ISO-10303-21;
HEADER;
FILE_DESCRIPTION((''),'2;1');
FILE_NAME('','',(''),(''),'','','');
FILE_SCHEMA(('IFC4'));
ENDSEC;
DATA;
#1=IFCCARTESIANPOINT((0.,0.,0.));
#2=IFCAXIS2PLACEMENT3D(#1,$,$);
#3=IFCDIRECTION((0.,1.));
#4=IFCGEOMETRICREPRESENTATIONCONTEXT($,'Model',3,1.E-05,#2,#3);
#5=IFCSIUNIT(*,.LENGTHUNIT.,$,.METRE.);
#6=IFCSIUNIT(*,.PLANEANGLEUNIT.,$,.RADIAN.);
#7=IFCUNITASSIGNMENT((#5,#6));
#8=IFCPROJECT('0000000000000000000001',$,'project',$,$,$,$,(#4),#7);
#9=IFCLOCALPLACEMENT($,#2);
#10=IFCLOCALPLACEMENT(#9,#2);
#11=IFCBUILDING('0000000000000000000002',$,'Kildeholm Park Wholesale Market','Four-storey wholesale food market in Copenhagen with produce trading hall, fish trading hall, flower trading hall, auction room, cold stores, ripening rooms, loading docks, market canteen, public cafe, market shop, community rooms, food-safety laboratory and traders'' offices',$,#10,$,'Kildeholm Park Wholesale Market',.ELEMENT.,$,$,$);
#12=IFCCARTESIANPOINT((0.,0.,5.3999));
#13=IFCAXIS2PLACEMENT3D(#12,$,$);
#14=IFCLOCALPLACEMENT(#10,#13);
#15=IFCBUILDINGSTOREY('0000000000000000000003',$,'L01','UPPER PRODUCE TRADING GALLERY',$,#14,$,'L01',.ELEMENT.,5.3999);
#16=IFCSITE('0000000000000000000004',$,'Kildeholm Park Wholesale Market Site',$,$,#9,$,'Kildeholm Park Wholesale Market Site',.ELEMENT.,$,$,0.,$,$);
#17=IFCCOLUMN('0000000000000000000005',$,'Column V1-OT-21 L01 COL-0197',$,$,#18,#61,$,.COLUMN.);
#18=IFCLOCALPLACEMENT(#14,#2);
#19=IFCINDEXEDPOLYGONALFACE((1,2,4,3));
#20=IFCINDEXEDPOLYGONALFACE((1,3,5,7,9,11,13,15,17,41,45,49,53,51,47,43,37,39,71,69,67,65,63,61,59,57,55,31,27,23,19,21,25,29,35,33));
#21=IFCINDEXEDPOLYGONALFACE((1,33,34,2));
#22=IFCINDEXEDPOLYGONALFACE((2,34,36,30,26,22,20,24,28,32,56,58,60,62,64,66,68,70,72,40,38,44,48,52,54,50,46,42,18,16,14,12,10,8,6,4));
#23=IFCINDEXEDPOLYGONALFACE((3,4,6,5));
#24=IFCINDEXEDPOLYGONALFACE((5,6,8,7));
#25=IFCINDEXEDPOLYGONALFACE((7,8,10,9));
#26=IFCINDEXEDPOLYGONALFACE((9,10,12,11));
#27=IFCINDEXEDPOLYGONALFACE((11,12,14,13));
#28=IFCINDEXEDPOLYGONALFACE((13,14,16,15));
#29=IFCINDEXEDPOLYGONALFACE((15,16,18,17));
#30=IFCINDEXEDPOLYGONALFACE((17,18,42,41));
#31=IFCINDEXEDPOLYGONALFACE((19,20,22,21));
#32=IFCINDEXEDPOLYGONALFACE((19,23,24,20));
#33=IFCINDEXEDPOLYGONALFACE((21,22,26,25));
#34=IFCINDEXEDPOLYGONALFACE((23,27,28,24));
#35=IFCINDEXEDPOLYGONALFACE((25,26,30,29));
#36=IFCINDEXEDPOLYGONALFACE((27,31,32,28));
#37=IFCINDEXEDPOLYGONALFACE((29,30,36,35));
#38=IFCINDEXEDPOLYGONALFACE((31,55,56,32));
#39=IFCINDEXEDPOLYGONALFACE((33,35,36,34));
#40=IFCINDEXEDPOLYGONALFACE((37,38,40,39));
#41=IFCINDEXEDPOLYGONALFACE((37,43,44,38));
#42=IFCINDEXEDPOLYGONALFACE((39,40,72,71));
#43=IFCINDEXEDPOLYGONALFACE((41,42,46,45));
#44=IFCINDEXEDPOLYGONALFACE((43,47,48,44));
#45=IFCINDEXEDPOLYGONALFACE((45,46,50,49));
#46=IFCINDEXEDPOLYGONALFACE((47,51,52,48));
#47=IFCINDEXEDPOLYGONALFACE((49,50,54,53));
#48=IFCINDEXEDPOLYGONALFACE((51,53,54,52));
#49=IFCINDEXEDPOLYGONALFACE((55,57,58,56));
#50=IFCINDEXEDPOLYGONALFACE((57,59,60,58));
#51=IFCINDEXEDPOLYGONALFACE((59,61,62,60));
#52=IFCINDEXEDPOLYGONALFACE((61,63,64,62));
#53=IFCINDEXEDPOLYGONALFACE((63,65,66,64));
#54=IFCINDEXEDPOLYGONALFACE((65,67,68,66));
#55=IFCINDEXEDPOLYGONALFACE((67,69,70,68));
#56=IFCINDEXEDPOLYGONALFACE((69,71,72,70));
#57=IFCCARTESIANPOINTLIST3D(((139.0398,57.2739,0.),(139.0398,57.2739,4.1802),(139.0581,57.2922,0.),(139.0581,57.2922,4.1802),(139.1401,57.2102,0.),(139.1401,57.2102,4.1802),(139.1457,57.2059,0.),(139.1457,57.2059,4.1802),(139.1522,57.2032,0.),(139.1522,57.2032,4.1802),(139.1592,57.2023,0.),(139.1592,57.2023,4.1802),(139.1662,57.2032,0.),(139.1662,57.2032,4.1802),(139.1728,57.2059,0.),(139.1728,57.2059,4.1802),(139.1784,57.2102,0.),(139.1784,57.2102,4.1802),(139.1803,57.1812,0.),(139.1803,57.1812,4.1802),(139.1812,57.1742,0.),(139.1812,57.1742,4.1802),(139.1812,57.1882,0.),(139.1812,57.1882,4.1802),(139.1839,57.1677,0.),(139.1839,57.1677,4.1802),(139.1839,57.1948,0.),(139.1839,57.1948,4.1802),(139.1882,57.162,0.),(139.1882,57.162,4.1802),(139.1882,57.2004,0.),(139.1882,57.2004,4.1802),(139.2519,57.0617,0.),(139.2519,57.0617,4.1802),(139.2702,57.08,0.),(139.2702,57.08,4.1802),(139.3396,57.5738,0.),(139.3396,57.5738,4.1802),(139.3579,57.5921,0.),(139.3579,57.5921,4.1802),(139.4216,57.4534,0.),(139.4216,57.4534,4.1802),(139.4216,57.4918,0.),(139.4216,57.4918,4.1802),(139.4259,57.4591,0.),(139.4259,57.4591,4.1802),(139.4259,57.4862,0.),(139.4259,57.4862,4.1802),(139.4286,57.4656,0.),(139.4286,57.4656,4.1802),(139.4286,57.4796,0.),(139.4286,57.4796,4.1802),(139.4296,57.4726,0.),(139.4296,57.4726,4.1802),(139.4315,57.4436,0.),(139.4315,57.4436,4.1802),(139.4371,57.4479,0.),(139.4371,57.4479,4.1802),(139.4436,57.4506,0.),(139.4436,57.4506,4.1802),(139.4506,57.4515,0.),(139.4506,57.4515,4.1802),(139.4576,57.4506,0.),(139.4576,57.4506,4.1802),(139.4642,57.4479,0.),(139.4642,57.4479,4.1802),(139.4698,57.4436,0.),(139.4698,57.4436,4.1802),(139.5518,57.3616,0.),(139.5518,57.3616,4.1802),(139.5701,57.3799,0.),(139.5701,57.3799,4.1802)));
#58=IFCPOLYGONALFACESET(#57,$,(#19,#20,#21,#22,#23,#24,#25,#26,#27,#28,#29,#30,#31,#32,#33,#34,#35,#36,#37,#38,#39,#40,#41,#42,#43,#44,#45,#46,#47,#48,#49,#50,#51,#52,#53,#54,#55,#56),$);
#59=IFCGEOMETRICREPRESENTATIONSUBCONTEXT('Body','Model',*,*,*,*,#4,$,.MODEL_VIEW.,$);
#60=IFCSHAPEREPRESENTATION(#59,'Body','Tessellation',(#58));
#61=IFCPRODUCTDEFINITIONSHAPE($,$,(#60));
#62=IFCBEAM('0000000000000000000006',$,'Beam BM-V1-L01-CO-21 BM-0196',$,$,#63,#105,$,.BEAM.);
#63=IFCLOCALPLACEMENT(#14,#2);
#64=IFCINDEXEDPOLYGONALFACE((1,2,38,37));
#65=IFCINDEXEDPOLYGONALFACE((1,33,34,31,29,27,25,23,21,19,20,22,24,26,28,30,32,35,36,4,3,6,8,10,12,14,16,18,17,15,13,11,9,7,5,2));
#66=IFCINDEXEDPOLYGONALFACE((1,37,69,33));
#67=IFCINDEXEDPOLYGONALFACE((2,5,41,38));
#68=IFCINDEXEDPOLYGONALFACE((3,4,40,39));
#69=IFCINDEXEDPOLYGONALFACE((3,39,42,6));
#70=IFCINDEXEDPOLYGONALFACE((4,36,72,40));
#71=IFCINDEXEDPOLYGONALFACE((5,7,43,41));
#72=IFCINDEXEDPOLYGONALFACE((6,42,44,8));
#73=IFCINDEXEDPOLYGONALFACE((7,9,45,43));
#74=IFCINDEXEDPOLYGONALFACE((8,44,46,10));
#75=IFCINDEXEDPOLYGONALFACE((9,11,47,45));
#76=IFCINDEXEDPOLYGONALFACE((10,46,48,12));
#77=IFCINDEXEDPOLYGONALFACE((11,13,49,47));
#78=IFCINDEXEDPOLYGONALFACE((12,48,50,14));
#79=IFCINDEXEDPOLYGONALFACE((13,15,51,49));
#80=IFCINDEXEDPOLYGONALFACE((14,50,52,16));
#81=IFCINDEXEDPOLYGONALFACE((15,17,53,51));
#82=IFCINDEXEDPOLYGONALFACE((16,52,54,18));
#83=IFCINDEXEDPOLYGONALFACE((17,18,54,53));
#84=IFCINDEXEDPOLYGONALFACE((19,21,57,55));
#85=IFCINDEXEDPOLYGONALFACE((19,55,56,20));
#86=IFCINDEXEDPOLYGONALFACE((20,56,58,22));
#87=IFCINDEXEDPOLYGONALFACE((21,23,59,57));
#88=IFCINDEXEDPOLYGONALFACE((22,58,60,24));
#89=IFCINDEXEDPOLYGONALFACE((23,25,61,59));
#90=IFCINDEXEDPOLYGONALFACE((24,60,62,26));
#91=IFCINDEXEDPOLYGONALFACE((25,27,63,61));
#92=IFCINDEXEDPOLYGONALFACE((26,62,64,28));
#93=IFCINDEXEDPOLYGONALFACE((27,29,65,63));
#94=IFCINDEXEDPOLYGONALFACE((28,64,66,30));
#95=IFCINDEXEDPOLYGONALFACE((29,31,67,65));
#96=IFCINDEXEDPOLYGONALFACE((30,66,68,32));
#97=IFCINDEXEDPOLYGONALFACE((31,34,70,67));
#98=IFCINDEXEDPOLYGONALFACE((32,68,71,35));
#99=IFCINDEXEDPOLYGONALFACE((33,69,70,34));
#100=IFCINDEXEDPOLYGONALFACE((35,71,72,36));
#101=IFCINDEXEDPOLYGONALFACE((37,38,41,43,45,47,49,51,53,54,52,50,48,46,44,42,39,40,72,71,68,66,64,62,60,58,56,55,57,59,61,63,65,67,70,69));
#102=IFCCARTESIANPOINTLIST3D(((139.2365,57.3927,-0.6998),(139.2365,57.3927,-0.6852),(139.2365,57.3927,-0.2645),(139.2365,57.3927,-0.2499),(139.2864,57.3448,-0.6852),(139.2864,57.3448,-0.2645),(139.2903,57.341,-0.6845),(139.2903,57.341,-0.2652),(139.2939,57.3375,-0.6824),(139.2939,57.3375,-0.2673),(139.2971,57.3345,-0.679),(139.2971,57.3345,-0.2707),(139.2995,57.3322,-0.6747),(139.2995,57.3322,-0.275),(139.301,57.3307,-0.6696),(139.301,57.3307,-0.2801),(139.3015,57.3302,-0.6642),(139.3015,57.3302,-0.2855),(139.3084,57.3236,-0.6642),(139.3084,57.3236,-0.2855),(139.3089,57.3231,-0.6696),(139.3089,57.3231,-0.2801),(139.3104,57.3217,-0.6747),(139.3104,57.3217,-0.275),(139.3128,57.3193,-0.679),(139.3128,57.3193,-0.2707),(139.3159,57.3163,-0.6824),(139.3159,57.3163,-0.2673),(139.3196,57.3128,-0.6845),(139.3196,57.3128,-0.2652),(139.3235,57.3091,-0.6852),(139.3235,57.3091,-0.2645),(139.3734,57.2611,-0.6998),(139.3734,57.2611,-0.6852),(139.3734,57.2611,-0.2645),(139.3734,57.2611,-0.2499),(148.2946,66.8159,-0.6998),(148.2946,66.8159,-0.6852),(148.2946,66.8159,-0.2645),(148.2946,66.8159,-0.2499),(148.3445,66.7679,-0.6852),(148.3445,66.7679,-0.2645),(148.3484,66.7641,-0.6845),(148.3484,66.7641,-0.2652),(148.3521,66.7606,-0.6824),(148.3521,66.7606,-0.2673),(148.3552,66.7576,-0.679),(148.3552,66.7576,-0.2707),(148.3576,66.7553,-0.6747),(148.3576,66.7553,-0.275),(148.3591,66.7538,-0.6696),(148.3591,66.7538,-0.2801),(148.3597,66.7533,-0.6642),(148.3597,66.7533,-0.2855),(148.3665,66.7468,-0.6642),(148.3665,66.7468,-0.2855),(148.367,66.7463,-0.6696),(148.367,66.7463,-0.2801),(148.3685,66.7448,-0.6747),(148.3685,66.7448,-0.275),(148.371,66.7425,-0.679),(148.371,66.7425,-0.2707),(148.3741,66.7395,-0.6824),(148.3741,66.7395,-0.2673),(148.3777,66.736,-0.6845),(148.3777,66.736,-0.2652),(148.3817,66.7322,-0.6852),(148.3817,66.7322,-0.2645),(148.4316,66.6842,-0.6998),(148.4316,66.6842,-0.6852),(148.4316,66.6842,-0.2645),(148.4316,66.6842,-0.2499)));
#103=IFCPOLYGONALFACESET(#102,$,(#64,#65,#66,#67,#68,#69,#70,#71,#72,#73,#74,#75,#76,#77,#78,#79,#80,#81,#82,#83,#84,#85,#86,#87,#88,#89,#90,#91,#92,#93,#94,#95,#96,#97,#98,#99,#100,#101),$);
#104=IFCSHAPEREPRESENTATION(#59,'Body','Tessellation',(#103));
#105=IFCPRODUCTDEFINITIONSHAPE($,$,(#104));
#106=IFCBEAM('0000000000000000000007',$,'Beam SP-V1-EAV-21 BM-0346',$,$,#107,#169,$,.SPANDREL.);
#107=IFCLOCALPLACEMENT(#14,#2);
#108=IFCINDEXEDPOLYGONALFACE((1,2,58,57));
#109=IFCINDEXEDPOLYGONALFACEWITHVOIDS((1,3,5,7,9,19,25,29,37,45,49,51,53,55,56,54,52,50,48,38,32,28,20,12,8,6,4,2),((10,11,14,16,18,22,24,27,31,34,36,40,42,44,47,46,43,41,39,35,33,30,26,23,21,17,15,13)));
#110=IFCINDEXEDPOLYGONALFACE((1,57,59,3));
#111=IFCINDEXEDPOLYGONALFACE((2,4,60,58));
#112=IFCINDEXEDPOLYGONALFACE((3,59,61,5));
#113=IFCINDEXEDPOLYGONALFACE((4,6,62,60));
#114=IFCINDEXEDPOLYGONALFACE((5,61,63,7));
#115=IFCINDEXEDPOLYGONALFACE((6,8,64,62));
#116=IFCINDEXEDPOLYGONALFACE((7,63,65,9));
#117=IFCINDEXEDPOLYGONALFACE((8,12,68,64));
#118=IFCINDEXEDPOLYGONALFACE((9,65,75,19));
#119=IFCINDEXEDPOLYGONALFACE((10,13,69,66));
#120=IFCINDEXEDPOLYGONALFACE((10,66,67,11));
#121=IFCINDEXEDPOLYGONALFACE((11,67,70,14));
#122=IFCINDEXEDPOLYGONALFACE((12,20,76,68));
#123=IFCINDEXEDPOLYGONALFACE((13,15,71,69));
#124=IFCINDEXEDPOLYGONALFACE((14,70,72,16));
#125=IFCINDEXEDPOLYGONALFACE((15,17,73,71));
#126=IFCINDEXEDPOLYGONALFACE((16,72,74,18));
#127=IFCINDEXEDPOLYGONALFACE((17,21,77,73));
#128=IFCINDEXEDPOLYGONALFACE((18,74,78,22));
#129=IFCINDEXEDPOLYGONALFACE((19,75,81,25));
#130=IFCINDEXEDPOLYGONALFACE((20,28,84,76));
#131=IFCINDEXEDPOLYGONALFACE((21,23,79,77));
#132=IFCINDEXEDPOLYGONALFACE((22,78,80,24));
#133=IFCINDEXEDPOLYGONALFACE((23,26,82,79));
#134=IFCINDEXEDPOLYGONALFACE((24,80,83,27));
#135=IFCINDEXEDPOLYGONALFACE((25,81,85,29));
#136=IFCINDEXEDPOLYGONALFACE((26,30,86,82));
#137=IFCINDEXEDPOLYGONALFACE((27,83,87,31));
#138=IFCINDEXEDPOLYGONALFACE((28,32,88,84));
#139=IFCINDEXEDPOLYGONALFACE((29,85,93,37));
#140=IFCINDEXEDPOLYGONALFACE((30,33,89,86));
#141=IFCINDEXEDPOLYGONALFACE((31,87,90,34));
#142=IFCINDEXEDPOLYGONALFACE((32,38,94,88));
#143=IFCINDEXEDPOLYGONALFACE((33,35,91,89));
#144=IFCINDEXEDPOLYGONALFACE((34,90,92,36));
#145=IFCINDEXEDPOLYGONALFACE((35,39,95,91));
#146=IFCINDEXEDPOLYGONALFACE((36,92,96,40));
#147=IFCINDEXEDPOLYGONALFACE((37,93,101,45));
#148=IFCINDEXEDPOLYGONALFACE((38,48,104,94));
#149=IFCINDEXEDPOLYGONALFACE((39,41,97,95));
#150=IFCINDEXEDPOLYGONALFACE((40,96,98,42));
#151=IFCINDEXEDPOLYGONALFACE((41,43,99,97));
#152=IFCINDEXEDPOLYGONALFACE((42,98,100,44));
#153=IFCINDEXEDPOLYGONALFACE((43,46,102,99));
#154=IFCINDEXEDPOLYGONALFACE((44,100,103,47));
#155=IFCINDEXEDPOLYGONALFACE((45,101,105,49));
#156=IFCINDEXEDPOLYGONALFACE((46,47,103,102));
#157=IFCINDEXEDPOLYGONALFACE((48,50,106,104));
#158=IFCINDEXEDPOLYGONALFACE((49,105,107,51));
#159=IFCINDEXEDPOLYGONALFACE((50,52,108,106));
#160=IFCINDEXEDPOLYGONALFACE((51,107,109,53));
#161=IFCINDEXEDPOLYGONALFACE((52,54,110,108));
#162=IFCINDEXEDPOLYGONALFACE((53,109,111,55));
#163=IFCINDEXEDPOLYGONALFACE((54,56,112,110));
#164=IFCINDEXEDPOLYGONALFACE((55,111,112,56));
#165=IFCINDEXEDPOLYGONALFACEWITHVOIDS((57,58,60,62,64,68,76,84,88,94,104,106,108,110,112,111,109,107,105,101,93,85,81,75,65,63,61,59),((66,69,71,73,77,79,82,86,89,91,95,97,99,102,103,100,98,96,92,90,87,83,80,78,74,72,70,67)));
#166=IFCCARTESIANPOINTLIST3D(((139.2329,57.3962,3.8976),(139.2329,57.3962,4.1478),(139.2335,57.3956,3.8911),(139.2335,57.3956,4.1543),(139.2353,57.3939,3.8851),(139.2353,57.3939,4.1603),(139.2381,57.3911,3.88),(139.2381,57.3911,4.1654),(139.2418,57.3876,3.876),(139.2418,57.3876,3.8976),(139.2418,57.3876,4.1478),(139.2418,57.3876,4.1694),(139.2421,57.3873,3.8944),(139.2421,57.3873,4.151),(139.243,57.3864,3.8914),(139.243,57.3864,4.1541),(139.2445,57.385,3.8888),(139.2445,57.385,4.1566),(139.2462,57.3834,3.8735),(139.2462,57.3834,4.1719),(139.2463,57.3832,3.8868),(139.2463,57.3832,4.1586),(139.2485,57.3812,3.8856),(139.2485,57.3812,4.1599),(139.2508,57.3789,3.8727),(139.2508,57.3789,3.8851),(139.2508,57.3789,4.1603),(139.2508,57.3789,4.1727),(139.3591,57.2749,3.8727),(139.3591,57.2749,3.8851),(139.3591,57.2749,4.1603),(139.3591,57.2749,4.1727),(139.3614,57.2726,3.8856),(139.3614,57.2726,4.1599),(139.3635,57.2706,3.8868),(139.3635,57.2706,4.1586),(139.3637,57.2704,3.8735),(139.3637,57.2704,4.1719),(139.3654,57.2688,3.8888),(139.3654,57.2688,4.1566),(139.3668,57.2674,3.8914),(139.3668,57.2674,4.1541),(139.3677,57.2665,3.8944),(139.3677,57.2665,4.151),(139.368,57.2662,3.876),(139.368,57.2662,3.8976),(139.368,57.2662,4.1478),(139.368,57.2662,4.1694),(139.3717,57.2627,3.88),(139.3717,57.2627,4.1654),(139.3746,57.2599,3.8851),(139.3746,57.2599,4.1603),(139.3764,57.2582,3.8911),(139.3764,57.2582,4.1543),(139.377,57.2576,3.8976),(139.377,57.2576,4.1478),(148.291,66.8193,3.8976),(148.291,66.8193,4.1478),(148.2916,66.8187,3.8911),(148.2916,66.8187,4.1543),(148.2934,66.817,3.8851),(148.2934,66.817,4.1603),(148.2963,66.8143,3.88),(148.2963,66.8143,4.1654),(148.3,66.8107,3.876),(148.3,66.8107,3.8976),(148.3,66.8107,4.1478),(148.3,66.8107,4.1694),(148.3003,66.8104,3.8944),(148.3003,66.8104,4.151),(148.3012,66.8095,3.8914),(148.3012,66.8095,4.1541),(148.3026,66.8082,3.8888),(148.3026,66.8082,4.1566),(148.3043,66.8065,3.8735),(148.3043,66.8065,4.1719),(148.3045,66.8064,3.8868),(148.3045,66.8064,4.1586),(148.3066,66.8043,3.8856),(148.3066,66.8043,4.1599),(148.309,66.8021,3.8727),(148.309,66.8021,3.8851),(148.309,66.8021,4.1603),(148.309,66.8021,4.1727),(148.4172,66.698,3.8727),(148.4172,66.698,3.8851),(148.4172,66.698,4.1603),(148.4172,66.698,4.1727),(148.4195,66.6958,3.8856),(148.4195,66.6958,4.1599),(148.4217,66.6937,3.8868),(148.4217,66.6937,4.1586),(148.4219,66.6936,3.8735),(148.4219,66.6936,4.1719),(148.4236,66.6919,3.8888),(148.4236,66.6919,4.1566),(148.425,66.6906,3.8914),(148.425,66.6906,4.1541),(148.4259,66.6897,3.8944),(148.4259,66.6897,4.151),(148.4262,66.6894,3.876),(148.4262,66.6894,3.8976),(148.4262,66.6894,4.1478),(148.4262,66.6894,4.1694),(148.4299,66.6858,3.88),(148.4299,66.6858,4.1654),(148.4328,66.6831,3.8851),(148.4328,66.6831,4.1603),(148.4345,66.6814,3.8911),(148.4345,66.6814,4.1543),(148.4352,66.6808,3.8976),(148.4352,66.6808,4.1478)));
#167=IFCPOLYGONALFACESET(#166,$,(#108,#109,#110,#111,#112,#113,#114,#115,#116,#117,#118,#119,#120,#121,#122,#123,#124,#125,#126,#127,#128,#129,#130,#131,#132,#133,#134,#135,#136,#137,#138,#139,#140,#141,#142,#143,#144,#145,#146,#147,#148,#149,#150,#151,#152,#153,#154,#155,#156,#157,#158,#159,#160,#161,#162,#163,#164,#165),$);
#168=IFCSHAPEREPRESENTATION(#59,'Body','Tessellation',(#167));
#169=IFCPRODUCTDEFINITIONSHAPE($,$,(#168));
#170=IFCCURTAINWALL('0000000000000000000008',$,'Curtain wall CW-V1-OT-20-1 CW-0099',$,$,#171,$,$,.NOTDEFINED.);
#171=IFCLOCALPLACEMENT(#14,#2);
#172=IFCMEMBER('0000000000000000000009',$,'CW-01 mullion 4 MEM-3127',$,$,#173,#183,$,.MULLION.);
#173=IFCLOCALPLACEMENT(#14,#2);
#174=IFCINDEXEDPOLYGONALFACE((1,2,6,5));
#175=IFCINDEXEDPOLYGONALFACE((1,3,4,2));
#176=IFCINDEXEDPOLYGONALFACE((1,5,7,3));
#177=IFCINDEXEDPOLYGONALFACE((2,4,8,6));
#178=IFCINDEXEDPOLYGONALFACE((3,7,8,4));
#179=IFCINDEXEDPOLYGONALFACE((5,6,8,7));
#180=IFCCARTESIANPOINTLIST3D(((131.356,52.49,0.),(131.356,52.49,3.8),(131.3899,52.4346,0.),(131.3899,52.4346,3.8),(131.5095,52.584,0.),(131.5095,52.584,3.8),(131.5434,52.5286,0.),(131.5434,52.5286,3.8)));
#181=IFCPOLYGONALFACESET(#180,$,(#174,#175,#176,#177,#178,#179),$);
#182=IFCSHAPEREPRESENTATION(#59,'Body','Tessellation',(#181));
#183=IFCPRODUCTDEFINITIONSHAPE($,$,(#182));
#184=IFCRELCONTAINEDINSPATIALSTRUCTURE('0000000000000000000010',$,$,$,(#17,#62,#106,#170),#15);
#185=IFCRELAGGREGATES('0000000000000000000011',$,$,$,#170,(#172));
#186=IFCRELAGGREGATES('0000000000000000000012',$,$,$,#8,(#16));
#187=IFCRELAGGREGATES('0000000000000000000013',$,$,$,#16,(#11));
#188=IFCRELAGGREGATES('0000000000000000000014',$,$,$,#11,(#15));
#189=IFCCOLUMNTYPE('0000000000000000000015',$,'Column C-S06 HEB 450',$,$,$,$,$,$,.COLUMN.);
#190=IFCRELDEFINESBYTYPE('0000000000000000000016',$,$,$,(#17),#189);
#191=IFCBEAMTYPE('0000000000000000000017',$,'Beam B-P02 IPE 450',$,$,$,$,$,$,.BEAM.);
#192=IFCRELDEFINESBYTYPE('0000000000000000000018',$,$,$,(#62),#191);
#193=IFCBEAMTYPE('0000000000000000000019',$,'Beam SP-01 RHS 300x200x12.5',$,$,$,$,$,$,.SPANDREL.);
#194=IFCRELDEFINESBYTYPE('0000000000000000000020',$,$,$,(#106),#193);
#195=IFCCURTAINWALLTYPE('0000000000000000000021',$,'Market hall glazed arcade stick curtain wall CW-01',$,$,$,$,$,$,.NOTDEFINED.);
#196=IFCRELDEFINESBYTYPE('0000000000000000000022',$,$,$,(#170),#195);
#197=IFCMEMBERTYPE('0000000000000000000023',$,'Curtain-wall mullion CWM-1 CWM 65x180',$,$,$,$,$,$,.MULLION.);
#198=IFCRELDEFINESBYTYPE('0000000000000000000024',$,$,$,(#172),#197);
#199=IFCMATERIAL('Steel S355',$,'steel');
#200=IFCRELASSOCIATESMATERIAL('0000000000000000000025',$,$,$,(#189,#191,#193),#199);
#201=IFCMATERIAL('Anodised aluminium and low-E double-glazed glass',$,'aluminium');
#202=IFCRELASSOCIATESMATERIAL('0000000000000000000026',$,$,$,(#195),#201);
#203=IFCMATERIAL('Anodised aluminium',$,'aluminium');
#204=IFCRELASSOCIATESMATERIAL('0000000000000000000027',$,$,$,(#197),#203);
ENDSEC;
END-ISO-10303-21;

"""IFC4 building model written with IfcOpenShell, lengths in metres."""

from ifc_helpers import new_model, si_unit, direction, frame, origin, origin_2d, place, context, subcontext, project, spatial, rectangle, hollow_rectangle, i_section, extrude, material, material_profile, profile_set, type_object, element, aggregate, save


model = new_model("IFC4")

# Units and contexts
model_context = context("Model", 3, precision=1e-05, world=origin(), true_north=direction((0.0, 1.0)))
body_context = subcontext(model_context, "Body", "Model", "MODEL_VIEW")
ifc_project = project(units=[si_unit("LENGTHUNIT", "METRE"), si_unit("PLANEANGLEUNIT", "RADIAN")], contexts=[model_context])

# Site, building, storey
site_placement = place(None, origin())
site = spatial("IfcSite", under=ifc_project, at=site_placement, Name="Kildeholm Park Wholesale Market Site", LongName="Kildeholm Park Wholesale Market Site", CompositionType="ELEMENT", RefElevation=0.0)
building_placement = place(site_placement, origin())
building = spatial("IfcBuilding", under=site, at=building_placement, Name="Kildeholm Park Wholesale Market", Description="Four-storey wholesale food market in Copenhagen with produce trading hall, fish trading hall, flower trading hall, auction room, cold stores, ripening rooms, loading docks, market canteen, public cafe, market shop, community rooms, food-safety laboratory and traders' offices", LongName="Kildeholm Park Wholesale Market", CompositionType="ELEMENT")
storey_placement = place(building_placement, frame((0.0, 0.0, 5.3999)))
storey = spatial("IfcBuildingStorey", under=building, at=storey_placement, Name="L01", Description="UPPER PRODUCE TRADING GALLERY", LongName="L01", CompositionType="ELEMENT", Elevation=5.3999)

# Column
ifc_material_1 = material(Name="Steel S355", Category="steel")
ifc_material_profile_1 = material_profile(ifc_material_1, i_section(OverallWidth=0.3, OverallDepth=0.45, WebThickness=0.0139, FlangeThickness=0.0259, FilletRadius=0.0271, at=origin_2d()), Name="HEB 450")
ifc_profile_set_1 = profile_set([ifc_material_profile_1], Name="Steel S355")
column_type = type_object("IfcColumnType", Name="Column C-S06 HEB 450", PredefinedType="COLUMN", material=ifc_profile_set_1)
column_placement = place(storey_placement, frame((139.3049, 57.3269, 0.0), z_axis=(0.0, 0.0, 1.0), x_axis=(0.707107, -0.707107, 0.0)))
element("IfcColumn", 1, at=column_placement, inside=storey, type_object=column_type, Name="Column V1-OT-21 L01 COL-0197", PredefinedType="COLUMN", context=body_context, shape_type="SweptSolid", body=[
    extrude(i_section(OverallWidth=0.3, OverallDepth=0.45, WebThickness=0.0139, FlangeThickness=0.0259, FilletRadius=0.0271, at=origin_2d()), origin(), (0.0, 0.0, 1.0), 4.1802),
])

# Beams
ifc_material_profile_2 = material_profile(ifc_material_1, i_section(OverallWidth=0.1899, OverallDepth=0.45, WebThickness=0.0095, FlangeThickness=0.0146, FilletRadius=0.021, at=origin_2d()), Name="IPE 450")
ifc_profile_set_2 = profile_set([ifc_material_profile_2], Name="Steel S355")
beam_type_1 = type_object("IfcBeamType", Name="Beam B-P02 IPE 450", PredefinedType="BEAM", material=ifc_profile_set_2)
beam_1_placement = place(storey_placement, frame((139.3049, 57.3269, -0.4749), z_axis=(0.693007, 0.720931, 0.0), x_axis=(-0.720931, 0.693007, 0.0)))
element("IfcBeam", 2, at=beam_1_placement, inside=storey, type_object=beam_type_1, Name="Beam BM-V1-L01-CO-21 BM-0196", PredefinedType="BEAM", context=body_context, shape_type="SweptSolid", body=[
    extrude(i_section(OverallWidth=0.1899, OverallDepth=0.45, WebThickness=0.0095, FlangeThickness=0.0146, FilletRadius=0.021, at=origin_2d()), origin(), (0.0, 0.0, 1.0), 13.0708),
])
ifc_material_profile_3 = material_profile(ifc_material_1, hollow_rectangle(XDim=0.2, YDim=0.3, WallThickness=0.0125, InnerFilletRadius=0.0125, OuterFilletRadius=0.0249, at=origin_2d()), Name="RHS 300x200x12.5")
ifc_profile_set_3 = profile_set([ifc_material_profile_3], Name="Steel S355")
beam_type_2 = type_object("IfcBeamType", Name="Beam SP-01 RHS 300x200x12.5", PredefinedType="SPANDREL", material=ifc_profile_set_3)
beam_2_placement = place(storey_placement, frame((139.3049, 57.3269, 4.0227), z_axis=(0.693007, 0.720931, 0.0), x_axis=(-0.720931, 0.693007, 0.0)))
element("IfcBeam", 3, at=beam_2_placement, inside=storey, type_object=beam_type_2, Name="Beam SP-V1-EAV-21 BM-0346", PredefinedType="SPANDREL", context=body_context, shape_type="SweptSolid", body=[
    extrude(hollow_rectangle(XDim=0.2, YDim=0.3, WallThickness=0.0125, InnerFilletRadius=0.0125, OuterFilletRadius=0.0249, at=origin_2d()), origin(), (0.0, 0.0, 1.0), 13.0708),
])

# Curtain wall, member
ifc_material_2 = material(Name="Anodised aluminium and low-E double-glazed glass", Category="aluminium")
curtain_wall_type = type_object("IfcCurtainWallType", Name="Market hall glazed arcade stick curtain wall CW-01", PredefinedType="NOTDEFINED", material=ifc_material_2)
curtain_wall_placement = place(storey_placement, origin())
curtain_wall = element("IfcCurtainWall", 4, at=curtain_wall_placement, inside=storey, type_object=curtain_wall_type, Name="Curtain wall CW-V1-OT-20-1 CW-0099", PredefinedType="NOTDEFINED")
ifc_material_3 = material(Name="Anodised aluminium", Category="aluminium")
ifc_material_profile_4 = material_profile(ifc_material_3, rectangle(XDim=0.0649, YDim=0.1799, at=origin_2d()), Name="CWM 65x180")
ifc_profile_set_4 = profile_set([ifc_material_profile_4], Name="Anodised aluminium")
member_type_1 = type_object("IfcMemberType", Name="Curtain-wall mullion CWM-1 CWM 65x180", PredefinedType="MULLION", material=ifc_profile_set_4)
member_1_placement = place(storey_placement, frame((131.4497, 52.5093, 0.0), z_axis=(0.0, 0.0, 1.0), x_axis=(-0.522284, 0.852771, 0.0)))
member_1 = element("IfcMember", 5, at=member_1_placement, type_object=member_type_1, Name="CW-01 mullion 4 MEM-3127", PredefinedType="MULLION", context=body_context, shape_type="SweptSolid", body=[
    extrude(rectangle(XDim=0.0649, YDim=0.1799, at=origin_2d()), origin(), (0.0, 0.0, 1.0), 3.8),
])
aggregate(curtain_wall, [member_1])

save(model, "model.ifc")
